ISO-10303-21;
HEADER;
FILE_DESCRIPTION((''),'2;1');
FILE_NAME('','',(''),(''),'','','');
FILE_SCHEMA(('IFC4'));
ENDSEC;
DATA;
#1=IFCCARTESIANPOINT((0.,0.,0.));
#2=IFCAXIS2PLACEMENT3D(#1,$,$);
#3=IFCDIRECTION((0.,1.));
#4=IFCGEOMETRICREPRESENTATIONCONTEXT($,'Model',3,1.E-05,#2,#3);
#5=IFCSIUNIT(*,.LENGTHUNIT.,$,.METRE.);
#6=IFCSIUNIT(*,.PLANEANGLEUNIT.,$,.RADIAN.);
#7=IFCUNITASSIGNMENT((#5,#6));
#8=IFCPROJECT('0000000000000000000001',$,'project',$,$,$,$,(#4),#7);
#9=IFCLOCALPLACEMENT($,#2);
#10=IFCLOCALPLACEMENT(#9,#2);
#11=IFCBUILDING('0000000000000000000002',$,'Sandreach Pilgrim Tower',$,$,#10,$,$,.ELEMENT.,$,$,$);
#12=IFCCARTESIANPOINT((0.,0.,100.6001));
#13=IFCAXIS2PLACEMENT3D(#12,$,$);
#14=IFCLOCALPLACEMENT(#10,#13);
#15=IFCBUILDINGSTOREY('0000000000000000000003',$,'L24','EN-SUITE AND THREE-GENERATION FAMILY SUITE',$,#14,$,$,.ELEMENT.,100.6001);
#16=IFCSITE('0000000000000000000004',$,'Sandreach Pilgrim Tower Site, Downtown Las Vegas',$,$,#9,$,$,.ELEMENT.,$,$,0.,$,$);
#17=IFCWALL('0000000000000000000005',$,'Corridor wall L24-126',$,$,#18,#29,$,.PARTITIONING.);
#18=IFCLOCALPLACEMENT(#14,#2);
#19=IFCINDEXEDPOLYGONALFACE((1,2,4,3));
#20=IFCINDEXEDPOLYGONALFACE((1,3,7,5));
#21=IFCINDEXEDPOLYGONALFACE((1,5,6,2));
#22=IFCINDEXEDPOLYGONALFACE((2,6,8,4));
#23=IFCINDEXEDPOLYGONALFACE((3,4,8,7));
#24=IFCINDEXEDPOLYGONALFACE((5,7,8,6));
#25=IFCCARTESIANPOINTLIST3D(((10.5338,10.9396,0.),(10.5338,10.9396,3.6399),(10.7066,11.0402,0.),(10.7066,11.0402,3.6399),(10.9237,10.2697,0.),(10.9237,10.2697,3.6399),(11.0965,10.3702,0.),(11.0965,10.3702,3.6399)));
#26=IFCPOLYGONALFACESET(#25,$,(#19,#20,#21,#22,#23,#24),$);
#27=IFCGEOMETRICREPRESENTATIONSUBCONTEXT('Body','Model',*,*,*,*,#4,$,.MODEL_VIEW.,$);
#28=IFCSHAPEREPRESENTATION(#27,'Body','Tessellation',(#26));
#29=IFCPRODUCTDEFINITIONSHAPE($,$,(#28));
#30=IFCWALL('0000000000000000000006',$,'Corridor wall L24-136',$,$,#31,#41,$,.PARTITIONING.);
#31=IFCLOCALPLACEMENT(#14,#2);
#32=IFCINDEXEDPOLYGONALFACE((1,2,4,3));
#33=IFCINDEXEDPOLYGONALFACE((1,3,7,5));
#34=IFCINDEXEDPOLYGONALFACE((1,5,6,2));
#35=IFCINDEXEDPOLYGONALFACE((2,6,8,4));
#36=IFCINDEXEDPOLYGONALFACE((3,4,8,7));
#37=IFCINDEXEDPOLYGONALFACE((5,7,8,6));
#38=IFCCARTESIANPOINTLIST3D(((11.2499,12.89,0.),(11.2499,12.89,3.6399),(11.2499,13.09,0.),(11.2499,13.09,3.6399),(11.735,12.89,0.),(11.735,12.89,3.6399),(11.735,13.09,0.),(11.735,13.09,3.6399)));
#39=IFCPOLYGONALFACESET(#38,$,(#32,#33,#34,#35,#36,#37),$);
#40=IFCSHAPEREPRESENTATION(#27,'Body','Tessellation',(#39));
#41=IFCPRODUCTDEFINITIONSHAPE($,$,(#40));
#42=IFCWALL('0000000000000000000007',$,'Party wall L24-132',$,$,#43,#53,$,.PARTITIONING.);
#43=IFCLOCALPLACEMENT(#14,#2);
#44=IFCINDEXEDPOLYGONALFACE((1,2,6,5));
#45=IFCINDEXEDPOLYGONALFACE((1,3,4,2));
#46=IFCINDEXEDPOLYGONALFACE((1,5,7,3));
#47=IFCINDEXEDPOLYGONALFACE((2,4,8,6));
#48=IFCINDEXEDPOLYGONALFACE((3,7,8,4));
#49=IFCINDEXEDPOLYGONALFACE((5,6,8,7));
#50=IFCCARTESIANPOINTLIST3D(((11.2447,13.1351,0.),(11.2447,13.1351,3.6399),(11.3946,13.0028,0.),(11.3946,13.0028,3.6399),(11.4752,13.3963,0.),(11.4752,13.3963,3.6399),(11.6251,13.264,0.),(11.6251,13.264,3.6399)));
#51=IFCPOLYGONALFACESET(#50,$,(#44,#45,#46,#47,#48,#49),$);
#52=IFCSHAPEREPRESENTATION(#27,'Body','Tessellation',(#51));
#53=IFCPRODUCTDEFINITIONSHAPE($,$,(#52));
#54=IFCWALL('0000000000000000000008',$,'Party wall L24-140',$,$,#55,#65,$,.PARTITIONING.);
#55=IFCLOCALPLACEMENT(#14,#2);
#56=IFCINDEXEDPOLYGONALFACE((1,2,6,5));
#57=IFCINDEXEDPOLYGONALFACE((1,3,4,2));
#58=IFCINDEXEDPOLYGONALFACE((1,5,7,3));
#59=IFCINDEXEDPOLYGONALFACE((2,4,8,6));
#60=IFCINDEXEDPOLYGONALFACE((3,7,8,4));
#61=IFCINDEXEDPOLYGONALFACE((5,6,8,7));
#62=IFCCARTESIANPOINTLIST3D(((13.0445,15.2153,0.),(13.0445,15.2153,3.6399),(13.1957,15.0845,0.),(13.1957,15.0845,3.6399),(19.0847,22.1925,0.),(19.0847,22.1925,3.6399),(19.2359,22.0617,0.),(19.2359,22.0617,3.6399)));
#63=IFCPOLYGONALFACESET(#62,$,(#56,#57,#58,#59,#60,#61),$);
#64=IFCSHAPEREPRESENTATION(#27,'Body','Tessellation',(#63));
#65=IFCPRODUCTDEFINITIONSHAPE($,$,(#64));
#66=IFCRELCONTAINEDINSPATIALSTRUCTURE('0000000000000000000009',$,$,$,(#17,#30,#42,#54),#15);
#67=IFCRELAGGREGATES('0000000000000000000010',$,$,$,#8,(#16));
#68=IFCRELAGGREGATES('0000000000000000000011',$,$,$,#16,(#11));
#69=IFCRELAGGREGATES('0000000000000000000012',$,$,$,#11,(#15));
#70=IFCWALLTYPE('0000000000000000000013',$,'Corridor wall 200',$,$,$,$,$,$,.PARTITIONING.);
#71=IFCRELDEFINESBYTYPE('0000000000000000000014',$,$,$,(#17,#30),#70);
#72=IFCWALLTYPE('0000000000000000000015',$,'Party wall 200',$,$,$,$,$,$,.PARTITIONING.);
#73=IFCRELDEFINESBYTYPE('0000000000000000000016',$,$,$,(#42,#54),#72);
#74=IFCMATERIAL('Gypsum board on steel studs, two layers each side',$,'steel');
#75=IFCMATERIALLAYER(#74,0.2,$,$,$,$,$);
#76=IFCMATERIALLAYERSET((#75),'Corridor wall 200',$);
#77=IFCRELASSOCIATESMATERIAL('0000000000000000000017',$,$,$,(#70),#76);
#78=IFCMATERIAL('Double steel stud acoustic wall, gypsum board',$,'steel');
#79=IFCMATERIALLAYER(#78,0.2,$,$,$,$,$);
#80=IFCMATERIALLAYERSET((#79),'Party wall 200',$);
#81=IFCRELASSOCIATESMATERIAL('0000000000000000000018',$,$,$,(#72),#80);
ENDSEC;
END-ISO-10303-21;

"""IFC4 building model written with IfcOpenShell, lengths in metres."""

from ifc_helpers import new_model, si_unit, direction, frame, frame_2d, origin, place, context, subcontext, project, spatial, rectangle, extrude, material, layer, layer_set, type_object, element, save


model = new_model("IFC4")

# Units and contexts
model_context = context("Model", 3, precision=1e-05, world=origin(), true_north=direction((0.0, 1.0)))
body_context = subcontext(model_context, "Body", "Model", "MODEL_VIEW")
ifc_project = project(units=[si_unit("LENGTHUNIT", "METRE"), si_unit("PLANEANGLEUNIT", "RADIAN")], contexts=[model_context])

# Site, building, storey
site_placement = place(None, origin())
site = spatial("IfcSite", under=ifc_project, at=site_placement, Name="Sandreach Pilgrim Tower Site, Downtown Las Vegas", CompositionType="ELEMENT", RefElevation=0.0)
building_placement = place(site_placement, origin())
building = spatial("IfcBuilding", under=site, at=building_placement, Name="Sandreach Pilgrim Tower", CompositionType="ELEMENT")
storey_placement = place(building_placement, frame((0.0, 0.0, 100.6001)))
storey = spatial("IfcBuildingStorey", under=building, at=storey_placement, Name="L24", Description="EN-SUITE AND THREE-GENERATION FAMILY SUITE", CompositionType="ELEMENT", Elevation=100.6001)

# Wall
ifc_material_1 = material(Name="Gypsum board on steel studs, two layers each side", Category="steel")
ifc_layer_1 = layer(ifc_material_1, 0.2)
ifc_layer_set_1 = layer_set([ifc_layer_1], Name="Corridor wall 200")
wall_type_1 = type_object("IfcWallType", Name="Corridor wall 200", PredefinedType="PARTITIONING", material=ifc_layer_set_1)
wall_1_placement = place(storey_placement, frame((10.6201, 10.99, 0.0), z_axis=(0.0, 0.0, 1.0), x_axis=(0.503009, -0.864281, 0.0)))
element("IfcWall", 1, at=wall_1_placement, inside=storey, type_object=wall_type_1, Name="Corridor wall L24-126", PredefinedType="PARTITIONING", context=body_context, shape_type="SweptSolid", body=[
    extrude(rectangle(XDim=0.7751, YDim=0.2, at=frame_2d((0.3877, 0.0))), origin(), (0.0, 0.0, 1.0), 3.6399),
])

# Walls
wall_2_placement = place(storey_placement, frame((11.7351, 12.99, 0.0), z_axis=(0.0, 0.0, 1.0), x_axis=(-1.0, 0.0, 0.0)))
element("IfcWall", 2, at=wall_2_placement, inside=storey, type_object=wall_type_1, Name="Corridor wall L24-136", PredefinedType="PARTITIONING", context=body_context, shape_type="SweptSolid", body=[
    extrude(rectangle(XDim=0.4851, YDim=0.2, at=frame_2d((0.2427, 0.0))), origin(), (0.0, 0.0, 1.0), 3.6399),
])
ifc_material_2 = material(Name="Double steel stud acoustic wall, gypsum board", Category="steel")
ifc_layer_2 = layer(ifc_material_2, 0.2)
ifc_layer_set_2 = layer_set([ifc_layer_2], Name="Party wall 200")
wall_type_2 = type_object("IfcWallType", Name="Party wall 200", PredefinedType="PARTITIONING", material=ifc_layer_set_2)
wall_3_placement = place(storey_placement, frame((11.3196, 13.0688, 0.0), z_axis=(0.0, 0.0, 1.0), x_axis=(0.661575, 0.749879, 0.0)))
element("IfcWall", 3, at=wall_3_placement, inside=storey, type_object=wall_type_2, Name="Party wall L24-132", PredefinedType="PARTITIONING", context=body_context, shape_type="SweptSolid", body=[
    extrude(rectangle(XDim=0.3484, YDim=0.2, at=frame_2d((0.1743, 0.0))), origin(), (0.0, 0.0, 1.0), 3.6399),
])
wall_4_placement = place(storey_placement, frame((13.1201, 15.1499, 0.0), z_axis=(0.0, 0.0, 1.0), x_axis=(0.654515, 0.756049, 0.0)))
element("IfcWall", 4, at=wall_4_placement, inside=storey, type_object=wall_type_2, Name="Party wall L24-140", PredefinedType="PARTITIONING", context=body_context, shape_type="SweptSolid", body=[
    extrude(rectangle(XDim=9.2285, YDim=0.2, at=frame_2d((4.6143, 0.0))), origin(), (0.0, 0.0, 1.0), 3.6399),
])

save(model, "model.ifc")
